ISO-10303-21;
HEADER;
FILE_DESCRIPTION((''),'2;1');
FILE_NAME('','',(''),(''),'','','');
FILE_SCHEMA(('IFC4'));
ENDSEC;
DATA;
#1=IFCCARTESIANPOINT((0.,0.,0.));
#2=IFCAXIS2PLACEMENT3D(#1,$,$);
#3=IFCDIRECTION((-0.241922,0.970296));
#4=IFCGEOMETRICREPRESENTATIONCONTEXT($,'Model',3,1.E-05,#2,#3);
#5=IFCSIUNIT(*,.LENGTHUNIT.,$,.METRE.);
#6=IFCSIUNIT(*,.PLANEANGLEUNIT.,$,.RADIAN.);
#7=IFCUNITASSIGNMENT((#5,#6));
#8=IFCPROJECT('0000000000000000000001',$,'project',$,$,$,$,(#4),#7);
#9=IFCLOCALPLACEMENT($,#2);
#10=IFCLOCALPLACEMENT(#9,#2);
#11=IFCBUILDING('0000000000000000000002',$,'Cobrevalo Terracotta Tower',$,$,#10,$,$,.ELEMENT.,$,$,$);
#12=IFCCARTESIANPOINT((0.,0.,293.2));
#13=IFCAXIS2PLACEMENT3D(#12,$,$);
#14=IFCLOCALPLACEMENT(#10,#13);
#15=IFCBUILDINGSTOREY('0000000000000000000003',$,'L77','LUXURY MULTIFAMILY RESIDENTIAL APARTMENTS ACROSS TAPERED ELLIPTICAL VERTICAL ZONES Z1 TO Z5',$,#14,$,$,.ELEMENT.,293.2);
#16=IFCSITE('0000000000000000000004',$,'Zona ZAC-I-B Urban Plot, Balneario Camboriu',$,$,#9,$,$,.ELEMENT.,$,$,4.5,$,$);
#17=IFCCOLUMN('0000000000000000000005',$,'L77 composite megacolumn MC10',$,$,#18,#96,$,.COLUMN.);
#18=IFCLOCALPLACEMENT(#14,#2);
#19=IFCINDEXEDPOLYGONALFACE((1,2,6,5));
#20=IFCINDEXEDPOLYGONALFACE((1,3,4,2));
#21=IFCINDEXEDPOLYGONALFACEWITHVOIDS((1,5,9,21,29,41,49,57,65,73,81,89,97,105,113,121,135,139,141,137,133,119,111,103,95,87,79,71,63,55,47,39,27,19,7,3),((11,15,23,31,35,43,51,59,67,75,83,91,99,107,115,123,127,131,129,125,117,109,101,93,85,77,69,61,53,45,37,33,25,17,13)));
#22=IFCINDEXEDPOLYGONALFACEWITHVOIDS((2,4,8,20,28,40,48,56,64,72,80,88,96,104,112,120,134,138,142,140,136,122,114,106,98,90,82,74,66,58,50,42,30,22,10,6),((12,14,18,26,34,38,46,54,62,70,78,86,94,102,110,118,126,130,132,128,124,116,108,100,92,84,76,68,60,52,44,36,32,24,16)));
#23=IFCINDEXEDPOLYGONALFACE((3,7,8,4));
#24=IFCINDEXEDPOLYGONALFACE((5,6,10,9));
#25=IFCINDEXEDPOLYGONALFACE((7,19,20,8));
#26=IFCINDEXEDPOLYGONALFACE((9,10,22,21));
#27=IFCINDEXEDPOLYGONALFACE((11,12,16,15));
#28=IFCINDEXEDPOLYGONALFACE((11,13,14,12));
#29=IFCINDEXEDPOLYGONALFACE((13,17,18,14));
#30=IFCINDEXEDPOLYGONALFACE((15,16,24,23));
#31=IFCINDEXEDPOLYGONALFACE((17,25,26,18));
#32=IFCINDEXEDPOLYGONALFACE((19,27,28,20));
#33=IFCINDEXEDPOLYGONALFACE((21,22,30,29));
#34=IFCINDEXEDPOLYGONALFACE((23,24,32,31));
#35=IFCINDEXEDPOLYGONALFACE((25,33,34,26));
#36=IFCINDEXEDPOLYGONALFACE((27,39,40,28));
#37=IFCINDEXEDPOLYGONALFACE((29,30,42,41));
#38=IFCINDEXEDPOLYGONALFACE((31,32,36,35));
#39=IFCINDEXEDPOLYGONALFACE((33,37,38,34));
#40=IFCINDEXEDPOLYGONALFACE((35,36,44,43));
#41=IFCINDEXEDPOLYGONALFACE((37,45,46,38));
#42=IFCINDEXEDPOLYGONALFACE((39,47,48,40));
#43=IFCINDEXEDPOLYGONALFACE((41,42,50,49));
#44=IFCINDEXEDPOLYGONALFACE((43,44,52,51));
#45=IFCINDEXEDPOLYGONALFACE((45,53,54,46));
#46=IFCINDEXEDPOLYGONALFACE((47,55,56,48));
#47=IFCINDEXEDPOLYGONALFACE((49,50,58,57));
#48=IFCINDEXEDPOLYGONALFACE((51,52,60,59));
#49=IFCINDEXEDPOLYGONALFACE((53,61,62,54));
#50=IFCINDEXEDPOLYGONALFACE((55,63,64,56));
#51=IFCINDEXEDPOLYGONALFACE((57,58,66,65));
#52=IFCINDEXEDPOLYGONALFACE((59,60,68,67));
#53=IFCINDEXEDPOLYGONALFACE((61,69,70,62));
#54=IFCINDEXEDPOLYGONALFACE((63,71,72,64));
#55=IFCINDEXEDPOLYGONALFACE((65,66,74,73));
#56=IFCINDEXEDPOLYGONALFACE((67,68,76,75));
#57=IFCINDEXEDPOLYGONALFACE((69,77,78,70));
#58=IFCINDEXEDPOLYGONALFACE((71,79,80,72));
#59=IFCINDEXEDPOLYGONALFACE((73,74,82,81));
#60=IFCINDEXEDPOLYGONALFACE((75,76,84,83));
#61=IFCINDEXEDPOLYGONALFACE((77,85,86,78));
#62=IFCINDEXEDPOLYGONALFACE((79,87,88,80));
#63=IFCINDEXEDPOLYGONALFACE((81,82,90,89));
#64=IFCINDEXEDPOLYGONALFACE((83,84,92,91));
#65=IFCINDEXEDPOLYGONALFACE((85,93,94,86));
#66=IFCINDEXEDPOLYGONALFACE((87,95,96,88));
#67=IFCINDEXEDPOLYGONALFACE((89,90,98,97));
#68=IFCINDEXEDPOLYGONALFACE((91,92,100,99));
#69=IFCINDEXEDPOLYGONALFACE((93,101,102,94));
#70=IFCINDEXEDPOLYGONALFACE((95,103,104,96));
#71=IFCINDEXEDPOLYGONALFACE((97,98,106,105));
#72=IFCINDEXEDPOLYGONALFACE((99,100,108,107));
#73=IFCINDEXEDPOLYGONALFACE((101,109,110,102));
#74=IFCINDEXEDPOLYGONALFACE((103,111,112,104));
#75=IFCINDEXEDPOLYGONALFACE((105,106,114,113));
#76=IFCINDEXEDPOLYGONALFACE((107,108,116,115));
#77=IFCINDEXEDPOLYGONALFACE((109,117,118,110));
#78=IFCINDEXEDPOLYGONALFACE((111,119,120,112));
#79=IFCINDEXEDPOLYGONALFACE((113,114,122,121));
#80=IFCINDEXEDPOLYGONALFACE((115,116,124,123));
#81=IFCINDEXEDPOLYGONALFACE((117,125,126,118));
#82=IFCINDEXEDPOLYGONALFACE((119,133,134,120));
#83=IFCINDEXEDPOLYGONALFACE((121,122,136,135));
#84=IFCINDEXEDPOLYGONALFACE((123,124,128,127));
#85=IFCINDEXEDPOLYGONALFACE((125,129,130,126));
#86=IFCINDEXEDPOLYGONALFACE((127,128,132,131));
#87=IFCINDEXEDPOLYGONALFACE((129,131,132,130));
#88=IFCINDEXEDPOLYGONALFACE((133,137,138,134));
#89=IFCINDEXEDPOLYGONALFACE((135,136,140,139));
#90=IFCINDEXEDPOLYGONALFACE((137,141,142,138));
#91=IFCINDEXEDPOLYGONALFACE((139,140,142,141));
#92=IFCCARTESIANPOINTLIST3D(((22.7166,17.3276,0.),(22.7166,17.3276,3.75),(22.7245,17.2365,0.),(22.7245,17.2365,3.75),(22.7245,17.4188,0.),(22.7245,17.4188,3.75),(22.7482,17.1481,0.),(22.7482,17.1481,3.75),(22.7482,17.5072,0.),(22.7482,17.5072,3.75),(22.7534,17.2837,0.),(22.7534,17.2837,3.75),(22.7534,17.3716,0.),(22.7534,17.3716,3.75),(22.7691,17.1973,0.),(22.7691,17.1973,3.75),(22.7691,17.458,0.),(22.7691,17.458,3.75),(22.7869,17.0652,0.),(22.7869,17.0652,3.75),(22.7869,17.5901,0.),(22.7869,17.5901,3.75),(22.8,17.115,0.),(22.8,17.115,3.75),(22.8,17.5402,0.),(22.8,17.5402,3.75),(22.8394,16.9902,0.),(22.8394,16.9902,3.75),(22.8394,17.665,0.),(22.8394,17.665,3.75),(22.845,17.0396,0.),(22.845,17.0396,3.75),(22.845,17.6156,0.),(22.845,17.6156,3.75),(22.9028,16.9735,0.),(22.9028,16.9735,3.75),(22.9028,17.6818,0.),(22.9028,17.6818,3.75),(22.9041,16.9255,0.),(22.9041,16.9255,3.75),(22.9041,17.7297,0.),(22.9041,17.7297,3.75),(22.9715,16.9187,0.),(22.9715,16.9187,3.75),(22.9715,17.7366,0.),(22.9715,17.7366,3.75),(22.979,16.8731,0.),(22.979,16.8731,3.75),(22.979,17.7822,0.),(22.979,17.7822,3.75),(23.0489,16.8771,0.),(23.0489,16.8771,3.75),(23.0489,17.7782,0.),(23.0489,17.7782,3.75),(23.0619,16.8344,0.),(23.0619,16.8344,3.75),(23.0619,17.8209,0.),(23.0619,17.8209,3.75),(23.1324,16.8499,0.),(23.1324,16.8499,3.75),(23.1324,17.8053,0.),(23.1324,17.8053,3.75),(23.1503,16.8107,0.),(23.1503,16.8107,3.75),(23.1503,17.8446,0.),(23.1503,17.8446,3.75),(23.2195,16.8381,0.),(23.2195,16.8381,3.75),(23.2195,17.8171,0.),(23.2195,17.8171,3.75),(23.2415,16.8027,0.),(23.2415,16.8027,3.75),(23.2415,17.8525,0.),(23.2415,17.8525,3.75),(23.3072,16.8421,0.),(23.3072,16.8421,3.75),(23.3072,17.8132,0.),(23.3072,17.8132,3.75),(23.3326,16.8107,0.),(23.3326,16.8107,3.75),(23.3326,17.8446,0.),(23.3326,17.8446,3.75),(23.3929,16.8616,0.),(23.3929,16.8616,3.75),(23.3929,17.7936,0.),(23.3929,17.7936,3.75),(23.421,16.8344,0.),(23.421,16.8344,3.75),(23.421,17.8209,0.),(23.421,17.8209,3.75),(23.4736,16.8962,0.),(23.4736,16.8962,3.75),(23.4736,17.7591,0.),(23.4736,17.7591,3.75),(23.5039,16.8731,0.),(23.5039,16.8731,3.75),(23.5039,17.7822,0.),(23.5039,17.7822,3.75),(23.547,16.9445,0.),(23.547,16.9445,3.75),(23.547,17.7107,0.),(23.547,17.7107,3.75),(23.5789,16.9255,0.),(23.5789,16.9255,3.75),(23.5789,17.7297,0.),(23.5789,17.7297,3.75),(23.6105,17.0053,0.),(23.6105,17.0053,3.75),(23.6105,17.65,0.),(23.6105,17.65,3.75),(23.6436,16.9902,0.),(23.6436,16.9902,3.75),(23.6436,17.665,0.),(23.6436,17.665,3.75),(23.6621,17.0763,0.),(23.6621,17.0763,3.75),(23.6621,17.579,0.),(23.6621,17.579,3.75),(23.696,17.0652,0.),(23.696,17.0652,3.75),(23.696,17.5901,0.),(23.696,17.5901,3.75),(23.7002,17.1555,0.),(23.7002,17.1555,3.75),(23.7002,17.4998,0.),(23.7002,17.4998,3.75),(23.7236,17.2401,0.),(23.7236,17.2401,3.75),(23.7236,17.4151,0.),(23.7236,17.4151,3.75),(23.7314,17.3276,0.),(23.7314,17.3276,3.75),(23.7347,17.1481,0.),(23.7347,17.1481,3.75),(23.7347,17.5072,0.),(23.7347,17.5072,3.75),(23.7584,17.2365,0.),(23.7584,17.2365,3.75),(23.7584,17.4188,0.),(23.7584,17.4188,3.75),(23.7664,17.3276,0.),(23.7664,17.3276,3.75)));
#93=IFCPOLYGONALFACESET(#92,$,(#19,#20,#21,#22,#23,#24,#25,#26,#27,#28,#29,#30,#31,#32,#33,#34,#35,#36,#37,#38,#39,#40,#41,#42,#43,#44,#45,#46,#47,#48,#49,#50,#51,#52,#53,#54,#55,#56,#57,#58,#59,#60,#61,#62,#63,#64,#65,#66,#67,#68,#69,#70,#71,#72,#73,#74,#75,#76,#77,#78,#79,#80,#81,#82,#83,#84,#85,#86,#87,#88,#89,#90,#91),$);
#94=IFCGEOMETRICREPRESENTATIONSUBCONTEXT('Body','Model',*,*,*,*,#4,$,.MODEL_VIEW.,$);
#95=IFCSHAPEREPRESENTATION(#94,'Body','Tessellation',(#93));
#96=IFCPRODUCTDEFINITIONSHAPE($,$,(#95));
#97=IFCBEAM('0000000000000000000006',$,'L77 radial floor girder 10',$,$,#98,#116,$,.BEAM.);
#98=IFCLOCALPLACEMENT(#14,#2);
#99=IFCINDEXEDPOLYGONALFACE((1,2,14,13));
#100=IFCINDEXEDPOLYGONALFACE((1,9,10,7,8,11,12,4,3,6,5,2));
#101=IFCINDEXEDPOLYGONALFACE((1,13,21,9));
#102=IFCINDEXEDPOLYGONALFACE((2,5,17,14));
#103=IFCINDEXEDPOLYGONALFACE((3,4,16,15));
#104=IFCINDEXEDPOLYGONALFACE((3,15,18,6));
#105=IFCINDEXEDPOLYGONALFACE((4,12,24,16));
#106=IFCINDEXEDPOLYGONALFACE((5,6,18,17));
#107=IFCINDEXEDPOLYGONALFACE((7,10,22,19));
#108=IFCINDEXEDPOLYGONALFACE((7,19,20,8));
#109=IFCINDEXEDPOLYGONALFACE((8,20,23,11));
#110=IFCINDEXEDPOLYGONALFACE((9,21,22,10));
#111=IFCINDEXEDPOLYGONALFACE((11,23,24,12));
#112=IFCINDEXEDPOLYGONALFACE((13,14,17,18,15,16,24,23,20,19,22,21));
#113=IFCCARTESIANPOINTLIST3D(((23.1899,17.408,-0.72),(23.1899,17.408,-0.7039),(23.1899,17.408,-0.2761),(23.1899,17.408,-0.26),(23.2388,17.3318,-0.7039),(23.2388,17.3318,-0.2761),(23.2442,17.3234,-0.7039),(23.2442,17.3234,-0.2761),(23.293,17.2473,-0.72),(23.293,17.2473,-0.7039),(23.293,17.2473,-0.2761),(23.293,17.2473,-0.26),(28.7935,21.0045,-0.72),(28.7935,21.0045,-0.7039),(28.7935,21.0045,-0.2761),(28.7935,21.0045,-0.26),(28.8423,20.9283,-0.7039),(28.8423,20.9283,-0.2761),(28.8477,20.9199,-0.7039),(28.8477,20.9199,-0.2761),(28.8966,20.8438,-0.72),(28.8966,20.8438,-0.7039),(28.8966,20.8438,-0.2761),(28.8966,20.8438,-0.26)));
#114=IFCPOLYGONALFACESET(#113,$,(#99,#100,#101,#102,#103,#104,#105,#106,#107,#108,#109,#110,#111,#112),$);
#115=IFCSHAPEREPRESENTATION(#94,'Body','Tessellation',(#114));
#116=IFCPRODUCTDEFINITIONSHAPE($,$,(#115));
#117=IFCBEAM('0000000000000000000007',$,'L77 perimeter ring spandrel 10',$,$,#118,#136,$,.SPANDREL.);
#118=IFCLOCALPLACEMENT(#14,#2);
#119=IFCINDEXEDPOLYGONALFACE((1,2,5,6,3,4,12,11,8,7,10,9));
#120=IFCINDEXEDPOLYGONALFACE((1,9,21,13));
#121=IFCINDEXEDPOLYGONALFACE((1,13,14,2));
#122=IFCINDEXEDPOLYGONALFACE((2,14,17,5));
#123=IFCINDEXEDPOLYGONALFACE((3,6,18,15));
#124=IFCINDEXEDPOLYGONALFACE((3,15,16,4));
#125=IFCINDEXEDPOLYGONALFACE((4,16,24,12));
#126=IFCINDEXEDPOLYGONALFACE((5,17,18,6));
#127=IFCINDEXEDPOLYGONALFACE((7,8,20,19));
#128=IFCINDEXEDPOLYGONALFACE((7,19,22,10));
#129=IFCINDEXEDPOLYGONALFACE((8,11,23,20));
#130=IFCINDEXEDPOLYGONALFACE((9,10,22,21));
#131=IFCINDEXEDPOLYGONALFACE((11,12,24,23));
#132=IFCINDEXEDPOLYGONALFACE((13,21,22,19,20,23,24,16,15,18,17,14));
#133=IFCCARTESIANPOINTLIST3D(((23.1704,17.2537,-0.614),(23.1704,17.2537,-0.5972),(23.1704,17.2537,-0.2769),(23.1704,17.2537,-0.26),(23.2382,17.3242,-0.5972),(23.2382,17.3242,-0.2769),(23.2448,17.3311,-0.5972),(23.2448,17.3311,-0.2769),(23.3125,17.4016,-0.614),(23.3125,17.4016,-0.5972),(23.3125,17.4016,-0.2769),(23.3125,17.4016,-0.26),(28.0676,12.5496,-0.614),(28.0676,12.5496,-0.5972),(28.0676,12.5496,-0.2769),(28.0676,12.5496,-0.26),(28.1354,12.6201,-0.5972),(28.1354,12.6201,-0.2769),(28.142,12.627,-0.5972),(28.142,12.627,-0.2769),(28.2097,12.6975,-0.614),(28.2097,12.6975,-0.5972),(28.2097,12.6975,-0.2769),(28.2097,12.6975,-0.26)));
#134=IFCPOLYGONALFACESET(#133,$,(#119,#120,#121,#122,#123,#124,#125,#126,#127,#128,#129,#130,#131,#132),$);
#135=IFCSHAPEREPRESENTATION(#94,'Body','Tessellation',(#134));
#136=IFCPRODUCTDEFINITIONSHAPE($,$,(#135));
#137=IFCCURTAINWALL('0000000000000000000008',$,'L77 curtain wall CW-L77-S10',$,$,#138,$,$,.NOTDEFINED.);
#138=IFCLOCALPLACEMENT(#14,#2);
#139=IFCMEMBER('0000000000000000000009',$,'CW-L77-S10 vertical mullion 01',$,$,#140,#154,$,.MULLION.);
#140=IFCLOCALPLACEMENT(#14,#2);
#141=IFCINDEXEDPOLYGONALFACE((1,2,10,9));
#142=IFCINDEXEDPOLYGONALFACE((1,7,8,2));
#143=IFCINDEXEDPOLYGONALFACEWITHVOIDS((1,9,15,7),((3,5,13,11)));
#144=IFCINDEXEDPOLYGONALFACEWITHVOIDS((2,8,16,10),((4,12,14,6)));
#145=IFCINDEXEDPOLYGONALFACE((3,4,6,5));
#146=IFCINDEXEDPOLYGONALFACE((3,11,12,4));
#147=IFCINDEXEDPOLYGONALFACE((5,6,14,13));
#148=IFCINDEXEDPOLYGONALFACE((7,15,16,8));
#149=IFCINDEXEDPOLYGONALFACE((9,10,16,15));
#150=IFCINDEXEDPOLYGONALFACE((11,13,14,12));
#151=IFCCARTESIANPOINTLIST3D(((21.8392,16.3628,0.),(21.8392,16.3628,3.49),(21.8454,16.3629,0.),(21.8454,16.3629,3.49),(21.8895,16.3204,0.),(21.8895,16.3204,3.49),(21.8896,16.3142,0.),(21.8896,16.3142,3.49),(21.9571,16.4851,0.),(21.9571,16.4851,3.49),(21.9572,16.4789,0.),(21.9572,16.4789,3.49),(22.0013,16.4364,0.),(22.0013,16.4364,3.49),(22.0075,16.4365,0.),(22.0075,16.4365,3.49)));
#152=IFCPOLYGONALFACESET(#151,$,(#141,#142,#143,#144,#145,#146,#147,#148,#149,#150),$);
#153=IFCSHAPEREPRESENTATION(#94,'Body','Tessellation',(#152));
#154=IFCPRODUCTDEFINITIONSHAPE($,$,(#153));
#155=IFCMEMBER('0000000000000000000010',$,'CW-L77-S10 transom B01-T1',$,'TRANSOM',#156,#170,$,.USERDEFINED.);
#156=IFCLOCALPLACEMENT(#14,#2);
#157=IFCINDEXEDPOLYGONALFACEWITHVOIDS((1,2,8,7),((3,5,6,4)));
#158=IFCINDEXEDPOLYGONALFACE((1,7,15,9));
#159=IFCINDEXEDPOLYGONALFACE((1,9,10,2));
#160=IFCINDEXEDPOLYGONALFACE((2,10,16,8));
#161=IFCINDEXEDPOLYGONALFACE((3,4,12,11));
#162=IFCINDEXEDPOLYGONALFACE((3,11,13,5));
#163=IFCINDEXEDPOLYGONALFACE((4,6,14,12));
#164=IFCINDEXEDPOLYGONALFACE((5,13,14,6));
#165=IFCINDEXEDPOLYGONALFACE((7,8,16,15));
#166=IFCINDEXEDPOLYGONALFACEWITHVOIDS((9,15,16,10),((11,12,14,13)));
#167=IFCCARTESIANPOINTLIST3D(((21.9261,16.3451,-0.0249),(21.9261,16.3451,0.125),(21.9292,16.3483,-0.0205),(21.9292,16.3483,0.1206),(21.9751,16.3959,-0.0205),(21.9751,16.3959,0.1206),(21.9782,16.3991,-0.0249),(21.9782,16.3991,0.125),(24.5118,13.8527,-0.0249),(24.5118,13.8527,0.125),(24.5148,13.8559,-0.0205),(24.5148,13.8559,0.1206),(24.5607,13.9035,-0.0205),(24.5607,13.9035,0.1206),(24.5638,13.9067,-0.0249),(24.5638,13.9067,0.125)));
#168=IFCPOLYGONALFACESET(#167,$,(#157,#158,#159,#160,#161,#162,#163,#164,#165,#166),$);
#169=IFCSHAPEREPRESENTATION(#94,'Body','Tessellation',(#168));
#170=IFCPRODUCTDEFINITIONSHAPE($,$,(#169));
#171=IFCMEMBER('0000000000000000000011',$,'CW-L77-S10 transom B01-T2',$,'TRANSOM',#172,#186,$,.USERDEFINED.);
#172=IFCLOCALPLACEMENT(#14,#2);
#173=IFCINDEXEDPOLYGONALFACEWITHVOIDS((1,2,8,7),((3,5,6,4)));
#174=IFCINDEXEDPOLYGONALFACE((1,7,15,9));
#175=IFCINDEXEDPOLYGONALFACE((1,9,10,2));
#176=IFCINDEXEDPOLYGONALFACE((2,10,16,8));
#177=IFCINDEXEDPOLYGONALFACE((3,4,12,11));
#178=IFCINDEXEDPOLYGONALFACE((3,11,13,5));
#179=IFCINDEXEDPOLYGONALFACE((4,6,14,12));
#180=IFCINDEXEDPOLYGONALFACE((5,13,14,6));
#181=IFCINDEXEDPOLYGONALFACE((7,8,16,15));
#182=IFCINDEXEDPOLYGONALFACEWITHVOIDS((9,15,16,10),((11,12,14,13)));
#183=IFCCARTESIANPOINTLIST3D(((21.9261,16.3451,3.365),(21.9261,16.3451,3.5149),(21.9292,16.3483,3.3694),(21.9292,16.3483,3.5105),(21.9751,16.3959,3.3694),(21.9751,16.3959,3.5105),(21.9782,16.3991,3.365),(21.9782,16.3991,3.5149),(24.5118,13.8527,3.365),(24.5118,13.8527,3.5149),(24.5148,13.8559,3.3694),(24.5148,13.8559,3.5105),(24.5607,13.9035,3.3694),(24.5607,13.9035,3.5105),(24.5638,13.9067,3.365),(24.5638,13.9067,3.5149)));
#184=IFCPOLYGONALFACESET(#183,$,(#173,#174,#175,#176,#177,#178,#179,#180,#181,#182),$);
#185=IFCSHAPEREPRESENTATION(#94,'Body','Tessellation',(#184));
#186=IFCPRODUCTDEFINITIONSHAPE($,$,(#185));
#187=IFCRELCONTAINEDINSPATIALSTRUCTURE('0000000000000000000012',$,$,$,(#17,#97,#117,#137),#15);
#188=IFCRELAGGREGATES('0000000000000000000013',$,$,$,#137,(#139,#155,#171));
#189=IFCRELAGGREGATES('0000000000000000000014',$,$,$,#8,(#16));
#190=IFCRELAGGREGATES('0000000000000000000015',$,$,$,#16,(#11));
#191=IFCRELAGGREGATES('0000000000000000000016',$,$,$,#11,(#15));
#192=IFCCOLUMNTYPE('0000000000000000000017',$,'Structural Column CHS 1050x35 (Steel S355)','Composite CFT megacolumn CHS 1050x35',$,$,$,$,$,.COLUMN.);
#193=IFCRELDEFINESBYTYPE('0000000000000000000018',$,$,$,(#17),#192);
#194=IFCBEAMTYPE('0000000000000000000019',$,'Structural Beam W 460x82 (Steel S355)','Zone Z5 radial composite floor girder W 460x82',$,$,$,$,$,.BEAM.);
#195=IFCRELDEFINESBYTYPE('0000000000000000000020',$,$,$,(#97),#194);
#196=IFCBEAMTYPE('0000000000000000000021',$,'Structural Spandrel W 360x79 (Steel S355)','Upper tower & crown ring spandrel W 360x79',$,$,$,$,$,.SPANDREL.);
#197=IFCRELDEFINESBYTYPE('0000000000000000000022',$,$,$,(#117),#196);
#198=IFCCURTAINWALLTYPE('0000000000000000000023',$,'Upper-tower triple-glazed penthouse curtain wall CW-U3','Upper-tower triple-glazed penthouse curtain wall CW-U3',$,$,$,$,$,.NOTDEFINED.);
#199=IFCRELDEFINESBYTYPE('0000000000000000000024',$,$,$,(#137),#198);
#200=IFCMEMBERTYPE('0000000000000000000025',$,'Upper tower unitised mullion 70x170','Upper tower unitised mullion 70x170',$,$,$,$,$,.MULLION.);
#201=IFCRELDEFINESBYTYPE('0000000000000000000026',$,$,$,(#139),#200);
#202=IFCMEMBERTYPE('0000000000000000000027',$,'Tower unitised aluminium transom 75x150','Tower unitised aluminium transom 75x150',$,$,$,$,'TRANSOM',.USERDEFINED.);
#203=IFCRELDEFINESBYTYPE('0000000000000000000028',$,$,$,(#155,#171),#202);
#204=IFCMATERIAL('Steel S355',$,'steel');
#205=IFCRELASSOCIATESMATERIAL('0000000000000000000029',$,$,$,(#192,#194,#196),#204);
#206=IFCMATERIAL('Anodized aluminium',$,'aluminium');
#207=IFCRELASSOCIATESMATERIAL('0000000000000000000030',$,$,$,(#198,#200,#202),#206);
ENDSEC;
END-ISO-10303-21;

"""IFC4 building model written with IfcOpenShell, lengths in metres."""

from ifc_helpers import new_model, si_unit, direction, frame, origin, origin_2d, place, context, subcontext, project, spatial, hollow_rectangle, hollow_circle, i_section, extrude, source, transform, mapped, material, material_profile, profile_set, type_object, element, aggregate, save


model = new_model("IFC4")

# Units and contexts
model_context = context("Model", 3, precision=1e-05, world=origin(), true_north=direction((-0.241922, 0.970296)))
body_context = subcontext(model_context, "Body", "Model", "MODEL_VIEW")
ifc_project = project(units=[si_unit("LENGTHUNIT", "METRE"), si_unit("PLANEANGLEUNIT", "RADIAN")], contexts=[model_context])

# Site, building, storey
site_placement = place(None, origin())
site = spatial("IfcSite", under=ifc_project, at=site_placement, Name="Zona ZAC-I-B Urban Plot, Balneario Camboriu", CompositionType="ELEMENT", RefElevation=4.5)
building_placement = place(site_placement, origin())
building = spatial("IfcBuilding", under=site, at=building_placement, Name="Cobrevalo Terracotta Tower", CompositionType="ELEMENT")
storey_placement = place(building_placement, frame((0.0, 0.0, 293.2)))
storey = spatial("IfcBuildingStorey", under=building, at=storey_placement, Name="L77", Description="LUXURY MULTIFAMILY RESIDENTIAL APARTMENTS ACROSS TAPERED ELLIPTICAL VERTICAL ZONES Z1 TO Z5", CompositionType="ELEMENT", Elevation=293.2)

# Column
ifc_material_1 = material(Name="Steel S355", Category="steel")
ifc_material_profile_1 = material_profile(ifc_material_1, hollow_circle(Radius=0.5249, WallThickness=0.0349, at=origin_2d()), Name="CHS 1050x35")
ifc_profile_set_1 = profile_set([ifc_material_profile_1], Name="Steel S355")
column_type = type_object("IfcColumnType", Name="Structural Column CHS 1050x35 (Steel S355)", Description="Composite CFT megacolumn CHS 1050x35", PredefinedType="COLUMN", material=ifc_profile_set_1)
column_placement = place(storey_placement, frame((23.2415, 17.3276, 0.0), z_axis=(0.0, 0.0, 1.0), x_axis=(1.0, 0.0, 0.0)))
element("IfcColumn", 1, at=column_placement, inside=storey, type_object=column_type, Name="L77 composite megacolumn MC10", PredefinedType="COLUMN", context=body_context, shape_type="SweptSolid", body=[
    extrude(hollow_circle(Radius=0.5249, WallThickness=0.0349, at=origin_2d()), origin(), (0.0, 0.0, 1.0), 3.75),
])

# Beams
ifc_material_profile_2 = material_profile(ifc_material_1, i_section(OverallWidth=0.1909, OverallDepth=0.46, WebThickness=0.01, FlangeThickness=0.0161, at=origin_2d()), Name="W 460x82")
ifc_profile_set_2 = profile_set([ifc_material_profile_2], Name="Steel S355")
beam_type_1 = type_object("IfcBeamType", Name="Structural Beam W 460x82 (Steel S355)", Description="Zone Z5 radial composite floor girder W 460x82", PredefinedType="BEAM", material=ifc_profile_set_2)
beam_1_placement = place(storey_placement, frame((23.2415, 17.3276, -0.49), z_axis=(0.841576, 0.540138, 0.0), x_axis=(-0.540138, 0.841576, 0.0)))
element("IfcBeam", 2, at=beam_1_placement, inside=storey, type_object=beam_type_1, Name="L77 radial floor girder 10", PredefinedType="BEAM", context=body_context, shape_type="SweptSolid", body=[
    extrude(i_section(OverallWidth=0.1909, OverallDepth=0.46, WebThickness=0.01, FlangeThickness=0.0161, at=origin_2d()), origin(), (0.0, 0.0, 1.0), 6.6584),
])
ifc_material_profile_3 = material_profile(ifc_material_1, i_section(OverallWidth=0.2051, OverallDepth=0.354, WebThickness=0.0095, FlangeThickness=0.0168, at=origin_2d()), Name="W 360x79")
ifc_profile_set_3 = profile_set([ifc_material_profile_3], Name="Steel S355")
beam_type_2 = type_object("IfcBeamType", Name="Structural Spandrel W 360x79 (Steel S355)", Description="Upper tower & crown ring spandrel W 360x79", PredefinedType="SPANDREL", material=ifc_profile_set_3)
beam_2_placement = place(storey_placement, frame((23.2415, 17.3276, -0.437), z_axis=(0.721183, -0.692744, 0.0), x_axis=(0.692744, 0.721183, 0.0)))
element("IfcBeam", 3, at=beam_2_placement, inside=storey, type_object=beam_type_2, Name="L77 perimeter ring spandrel 10", PredefinedType="SPANDREL", context=body_context, shape_type="SweptSolid", body=[
    extrude(i_section(OverallWidth=0.2051, OverallDepth=0.354, WebThickness=0.0095, FlangeThickness=0.0168, at=origin_2d()), origin(), (0.0, 0.0, 1.0), 6.7905),
])

# Curtain wall, members
ifc_material_2 = material(Name="Anodized aluminium", Category="aluminium")
curtain_wall_type = type_object("IfcCurtainWallType", Name="Upper-tower triple-glazed penthouse curtain wall CW-U3", Description="Upper-tower triple-glazed penthouse curtain wall CW-U3", PredefinedType="NOTDEFINED", material=ifc_material_2)
curtain_wall_placement = place(storey_placement, origin())
curtain_wall = element("IfcCurtainWall", 4, at=curtain_wall_placement, inside=storey, type_object=curtain_wall_type, Name="L77 curtain wall CW-L77-S10", PredefinedType="NOTDEFINED")
ifc_material_profile_4 = material_profile(ifc_material_2, hollow_rectangle(XDim=0.0701, YDim=0.1699, WallThickness=0.0044, at=origin_2d()), Name="CWM 70x170")
ifc_profile_set_4 = profile_set([ifc_material_profile_4], Name="Anodized aluminium")
member_type_1 = type_object("IfcMemberType", Name="Upper tower unitised mullion 70x170", Description="Upper tower unitised mullion 70x170", PredefinedType="MULLION", material=ifc_profile_set_4)
shared_shape_1 = source(origin(), body_context, "Body", "SweptSolid", [
    extrude(hollow_rectangle(XDim=0.0701, YDim=0.1699, WallThickness=0.0044, at=origin_2d()), origin(), (0.0, 0.0, 1.0), 3.49),
])
member_1_placement = place(storey_placement, frame((21.9233, 16.3997, 0.0), z_axis=(0.0, 0.0, 1.0), x_axis=(0.719994, -0.69398, 0.0)))
member_1 = element("IfcMember", 5, at=member_1_placement, type_object=member_type_1, Name="CW-L77-S10 vertical mullion 01", PredefinedType="MULLION", context=body_context, shape_type="MappedRepresentation", body=[
    mapped(shared_shape_1, transform((0.0, 0.0, 0.0), scale=1.0)),
])
ifc_material_profile_5 = material_profile(ifc_material_2, hollow_rectangle(XDim=0.075, YDim=0.1499, WallThickness=0.0044, at=origin_2d()), Name="CWT 75x150")
ifc_profile_set_5 = profile_set([ifc_material_profile_5], Name="Anodized aluminium")
member_type_2 = type_object("IfcMemberType", Name="Tower unitised aluminium transom 75x150", Description="Tower unitised aluminium transom 75x150", ElementType="TRANSOM", PredefinedType="USERDEFINED", material=ifc_profile_set_5)
shared_shape_2 = source(origin(), body_context, "Body", "SweptSolid", [
    extrude(hollow_rectangle(XDim=0.075, YDim=0.1499, WallThickness=0.0044, at=origin_2d()), origin(), (0.0, 0.0, 1.0), 3.5913),
])
member_2_placement = place(storey_placement, frame((21.9521, 16.3721, 0.05), z_axis=(0.719972, -0.694003, 0.0), x_axis=(0.694003, 0.719972, 0.0)))
member_2 = element("IfcMember", 6, at=member_2_placement, type_object=member_type_2, Name="CW-L77-S10 transom B01-T1", ObjectType="TRANSOM", PredefinedType="USERDEFINED", context=body_context, shape_type="MappedRepresentation", body=[
    mapped(shared_shape_2, transform((0.0, 0.0, 0.0), scale=1.0)),
])
member_3_placement = place(storey_placement, frame((21.9521, 16.3721, 3.4399), z_axis=(0.719972, -0.694003, 0.0), x_axis=(0.694003, 0.719972, 0.0)))
member_3 = element("IfcMember", 7, at=member_3_placement, type_object=member_type_2, Name="CW-L77-S10 transom B01-T2", ObjectType="TRANSOM", PredefinedType="USERDEFINED", context=body_context, shape_type="MappedRepresentation", body=[
    mapped(shared_shape_2, transform((0.0, 0.0, 0.0), scale=1.0)),
])

aggregate(curtain_wall, [member_1, member_2, member_3])

save(model, "model.ifc")
